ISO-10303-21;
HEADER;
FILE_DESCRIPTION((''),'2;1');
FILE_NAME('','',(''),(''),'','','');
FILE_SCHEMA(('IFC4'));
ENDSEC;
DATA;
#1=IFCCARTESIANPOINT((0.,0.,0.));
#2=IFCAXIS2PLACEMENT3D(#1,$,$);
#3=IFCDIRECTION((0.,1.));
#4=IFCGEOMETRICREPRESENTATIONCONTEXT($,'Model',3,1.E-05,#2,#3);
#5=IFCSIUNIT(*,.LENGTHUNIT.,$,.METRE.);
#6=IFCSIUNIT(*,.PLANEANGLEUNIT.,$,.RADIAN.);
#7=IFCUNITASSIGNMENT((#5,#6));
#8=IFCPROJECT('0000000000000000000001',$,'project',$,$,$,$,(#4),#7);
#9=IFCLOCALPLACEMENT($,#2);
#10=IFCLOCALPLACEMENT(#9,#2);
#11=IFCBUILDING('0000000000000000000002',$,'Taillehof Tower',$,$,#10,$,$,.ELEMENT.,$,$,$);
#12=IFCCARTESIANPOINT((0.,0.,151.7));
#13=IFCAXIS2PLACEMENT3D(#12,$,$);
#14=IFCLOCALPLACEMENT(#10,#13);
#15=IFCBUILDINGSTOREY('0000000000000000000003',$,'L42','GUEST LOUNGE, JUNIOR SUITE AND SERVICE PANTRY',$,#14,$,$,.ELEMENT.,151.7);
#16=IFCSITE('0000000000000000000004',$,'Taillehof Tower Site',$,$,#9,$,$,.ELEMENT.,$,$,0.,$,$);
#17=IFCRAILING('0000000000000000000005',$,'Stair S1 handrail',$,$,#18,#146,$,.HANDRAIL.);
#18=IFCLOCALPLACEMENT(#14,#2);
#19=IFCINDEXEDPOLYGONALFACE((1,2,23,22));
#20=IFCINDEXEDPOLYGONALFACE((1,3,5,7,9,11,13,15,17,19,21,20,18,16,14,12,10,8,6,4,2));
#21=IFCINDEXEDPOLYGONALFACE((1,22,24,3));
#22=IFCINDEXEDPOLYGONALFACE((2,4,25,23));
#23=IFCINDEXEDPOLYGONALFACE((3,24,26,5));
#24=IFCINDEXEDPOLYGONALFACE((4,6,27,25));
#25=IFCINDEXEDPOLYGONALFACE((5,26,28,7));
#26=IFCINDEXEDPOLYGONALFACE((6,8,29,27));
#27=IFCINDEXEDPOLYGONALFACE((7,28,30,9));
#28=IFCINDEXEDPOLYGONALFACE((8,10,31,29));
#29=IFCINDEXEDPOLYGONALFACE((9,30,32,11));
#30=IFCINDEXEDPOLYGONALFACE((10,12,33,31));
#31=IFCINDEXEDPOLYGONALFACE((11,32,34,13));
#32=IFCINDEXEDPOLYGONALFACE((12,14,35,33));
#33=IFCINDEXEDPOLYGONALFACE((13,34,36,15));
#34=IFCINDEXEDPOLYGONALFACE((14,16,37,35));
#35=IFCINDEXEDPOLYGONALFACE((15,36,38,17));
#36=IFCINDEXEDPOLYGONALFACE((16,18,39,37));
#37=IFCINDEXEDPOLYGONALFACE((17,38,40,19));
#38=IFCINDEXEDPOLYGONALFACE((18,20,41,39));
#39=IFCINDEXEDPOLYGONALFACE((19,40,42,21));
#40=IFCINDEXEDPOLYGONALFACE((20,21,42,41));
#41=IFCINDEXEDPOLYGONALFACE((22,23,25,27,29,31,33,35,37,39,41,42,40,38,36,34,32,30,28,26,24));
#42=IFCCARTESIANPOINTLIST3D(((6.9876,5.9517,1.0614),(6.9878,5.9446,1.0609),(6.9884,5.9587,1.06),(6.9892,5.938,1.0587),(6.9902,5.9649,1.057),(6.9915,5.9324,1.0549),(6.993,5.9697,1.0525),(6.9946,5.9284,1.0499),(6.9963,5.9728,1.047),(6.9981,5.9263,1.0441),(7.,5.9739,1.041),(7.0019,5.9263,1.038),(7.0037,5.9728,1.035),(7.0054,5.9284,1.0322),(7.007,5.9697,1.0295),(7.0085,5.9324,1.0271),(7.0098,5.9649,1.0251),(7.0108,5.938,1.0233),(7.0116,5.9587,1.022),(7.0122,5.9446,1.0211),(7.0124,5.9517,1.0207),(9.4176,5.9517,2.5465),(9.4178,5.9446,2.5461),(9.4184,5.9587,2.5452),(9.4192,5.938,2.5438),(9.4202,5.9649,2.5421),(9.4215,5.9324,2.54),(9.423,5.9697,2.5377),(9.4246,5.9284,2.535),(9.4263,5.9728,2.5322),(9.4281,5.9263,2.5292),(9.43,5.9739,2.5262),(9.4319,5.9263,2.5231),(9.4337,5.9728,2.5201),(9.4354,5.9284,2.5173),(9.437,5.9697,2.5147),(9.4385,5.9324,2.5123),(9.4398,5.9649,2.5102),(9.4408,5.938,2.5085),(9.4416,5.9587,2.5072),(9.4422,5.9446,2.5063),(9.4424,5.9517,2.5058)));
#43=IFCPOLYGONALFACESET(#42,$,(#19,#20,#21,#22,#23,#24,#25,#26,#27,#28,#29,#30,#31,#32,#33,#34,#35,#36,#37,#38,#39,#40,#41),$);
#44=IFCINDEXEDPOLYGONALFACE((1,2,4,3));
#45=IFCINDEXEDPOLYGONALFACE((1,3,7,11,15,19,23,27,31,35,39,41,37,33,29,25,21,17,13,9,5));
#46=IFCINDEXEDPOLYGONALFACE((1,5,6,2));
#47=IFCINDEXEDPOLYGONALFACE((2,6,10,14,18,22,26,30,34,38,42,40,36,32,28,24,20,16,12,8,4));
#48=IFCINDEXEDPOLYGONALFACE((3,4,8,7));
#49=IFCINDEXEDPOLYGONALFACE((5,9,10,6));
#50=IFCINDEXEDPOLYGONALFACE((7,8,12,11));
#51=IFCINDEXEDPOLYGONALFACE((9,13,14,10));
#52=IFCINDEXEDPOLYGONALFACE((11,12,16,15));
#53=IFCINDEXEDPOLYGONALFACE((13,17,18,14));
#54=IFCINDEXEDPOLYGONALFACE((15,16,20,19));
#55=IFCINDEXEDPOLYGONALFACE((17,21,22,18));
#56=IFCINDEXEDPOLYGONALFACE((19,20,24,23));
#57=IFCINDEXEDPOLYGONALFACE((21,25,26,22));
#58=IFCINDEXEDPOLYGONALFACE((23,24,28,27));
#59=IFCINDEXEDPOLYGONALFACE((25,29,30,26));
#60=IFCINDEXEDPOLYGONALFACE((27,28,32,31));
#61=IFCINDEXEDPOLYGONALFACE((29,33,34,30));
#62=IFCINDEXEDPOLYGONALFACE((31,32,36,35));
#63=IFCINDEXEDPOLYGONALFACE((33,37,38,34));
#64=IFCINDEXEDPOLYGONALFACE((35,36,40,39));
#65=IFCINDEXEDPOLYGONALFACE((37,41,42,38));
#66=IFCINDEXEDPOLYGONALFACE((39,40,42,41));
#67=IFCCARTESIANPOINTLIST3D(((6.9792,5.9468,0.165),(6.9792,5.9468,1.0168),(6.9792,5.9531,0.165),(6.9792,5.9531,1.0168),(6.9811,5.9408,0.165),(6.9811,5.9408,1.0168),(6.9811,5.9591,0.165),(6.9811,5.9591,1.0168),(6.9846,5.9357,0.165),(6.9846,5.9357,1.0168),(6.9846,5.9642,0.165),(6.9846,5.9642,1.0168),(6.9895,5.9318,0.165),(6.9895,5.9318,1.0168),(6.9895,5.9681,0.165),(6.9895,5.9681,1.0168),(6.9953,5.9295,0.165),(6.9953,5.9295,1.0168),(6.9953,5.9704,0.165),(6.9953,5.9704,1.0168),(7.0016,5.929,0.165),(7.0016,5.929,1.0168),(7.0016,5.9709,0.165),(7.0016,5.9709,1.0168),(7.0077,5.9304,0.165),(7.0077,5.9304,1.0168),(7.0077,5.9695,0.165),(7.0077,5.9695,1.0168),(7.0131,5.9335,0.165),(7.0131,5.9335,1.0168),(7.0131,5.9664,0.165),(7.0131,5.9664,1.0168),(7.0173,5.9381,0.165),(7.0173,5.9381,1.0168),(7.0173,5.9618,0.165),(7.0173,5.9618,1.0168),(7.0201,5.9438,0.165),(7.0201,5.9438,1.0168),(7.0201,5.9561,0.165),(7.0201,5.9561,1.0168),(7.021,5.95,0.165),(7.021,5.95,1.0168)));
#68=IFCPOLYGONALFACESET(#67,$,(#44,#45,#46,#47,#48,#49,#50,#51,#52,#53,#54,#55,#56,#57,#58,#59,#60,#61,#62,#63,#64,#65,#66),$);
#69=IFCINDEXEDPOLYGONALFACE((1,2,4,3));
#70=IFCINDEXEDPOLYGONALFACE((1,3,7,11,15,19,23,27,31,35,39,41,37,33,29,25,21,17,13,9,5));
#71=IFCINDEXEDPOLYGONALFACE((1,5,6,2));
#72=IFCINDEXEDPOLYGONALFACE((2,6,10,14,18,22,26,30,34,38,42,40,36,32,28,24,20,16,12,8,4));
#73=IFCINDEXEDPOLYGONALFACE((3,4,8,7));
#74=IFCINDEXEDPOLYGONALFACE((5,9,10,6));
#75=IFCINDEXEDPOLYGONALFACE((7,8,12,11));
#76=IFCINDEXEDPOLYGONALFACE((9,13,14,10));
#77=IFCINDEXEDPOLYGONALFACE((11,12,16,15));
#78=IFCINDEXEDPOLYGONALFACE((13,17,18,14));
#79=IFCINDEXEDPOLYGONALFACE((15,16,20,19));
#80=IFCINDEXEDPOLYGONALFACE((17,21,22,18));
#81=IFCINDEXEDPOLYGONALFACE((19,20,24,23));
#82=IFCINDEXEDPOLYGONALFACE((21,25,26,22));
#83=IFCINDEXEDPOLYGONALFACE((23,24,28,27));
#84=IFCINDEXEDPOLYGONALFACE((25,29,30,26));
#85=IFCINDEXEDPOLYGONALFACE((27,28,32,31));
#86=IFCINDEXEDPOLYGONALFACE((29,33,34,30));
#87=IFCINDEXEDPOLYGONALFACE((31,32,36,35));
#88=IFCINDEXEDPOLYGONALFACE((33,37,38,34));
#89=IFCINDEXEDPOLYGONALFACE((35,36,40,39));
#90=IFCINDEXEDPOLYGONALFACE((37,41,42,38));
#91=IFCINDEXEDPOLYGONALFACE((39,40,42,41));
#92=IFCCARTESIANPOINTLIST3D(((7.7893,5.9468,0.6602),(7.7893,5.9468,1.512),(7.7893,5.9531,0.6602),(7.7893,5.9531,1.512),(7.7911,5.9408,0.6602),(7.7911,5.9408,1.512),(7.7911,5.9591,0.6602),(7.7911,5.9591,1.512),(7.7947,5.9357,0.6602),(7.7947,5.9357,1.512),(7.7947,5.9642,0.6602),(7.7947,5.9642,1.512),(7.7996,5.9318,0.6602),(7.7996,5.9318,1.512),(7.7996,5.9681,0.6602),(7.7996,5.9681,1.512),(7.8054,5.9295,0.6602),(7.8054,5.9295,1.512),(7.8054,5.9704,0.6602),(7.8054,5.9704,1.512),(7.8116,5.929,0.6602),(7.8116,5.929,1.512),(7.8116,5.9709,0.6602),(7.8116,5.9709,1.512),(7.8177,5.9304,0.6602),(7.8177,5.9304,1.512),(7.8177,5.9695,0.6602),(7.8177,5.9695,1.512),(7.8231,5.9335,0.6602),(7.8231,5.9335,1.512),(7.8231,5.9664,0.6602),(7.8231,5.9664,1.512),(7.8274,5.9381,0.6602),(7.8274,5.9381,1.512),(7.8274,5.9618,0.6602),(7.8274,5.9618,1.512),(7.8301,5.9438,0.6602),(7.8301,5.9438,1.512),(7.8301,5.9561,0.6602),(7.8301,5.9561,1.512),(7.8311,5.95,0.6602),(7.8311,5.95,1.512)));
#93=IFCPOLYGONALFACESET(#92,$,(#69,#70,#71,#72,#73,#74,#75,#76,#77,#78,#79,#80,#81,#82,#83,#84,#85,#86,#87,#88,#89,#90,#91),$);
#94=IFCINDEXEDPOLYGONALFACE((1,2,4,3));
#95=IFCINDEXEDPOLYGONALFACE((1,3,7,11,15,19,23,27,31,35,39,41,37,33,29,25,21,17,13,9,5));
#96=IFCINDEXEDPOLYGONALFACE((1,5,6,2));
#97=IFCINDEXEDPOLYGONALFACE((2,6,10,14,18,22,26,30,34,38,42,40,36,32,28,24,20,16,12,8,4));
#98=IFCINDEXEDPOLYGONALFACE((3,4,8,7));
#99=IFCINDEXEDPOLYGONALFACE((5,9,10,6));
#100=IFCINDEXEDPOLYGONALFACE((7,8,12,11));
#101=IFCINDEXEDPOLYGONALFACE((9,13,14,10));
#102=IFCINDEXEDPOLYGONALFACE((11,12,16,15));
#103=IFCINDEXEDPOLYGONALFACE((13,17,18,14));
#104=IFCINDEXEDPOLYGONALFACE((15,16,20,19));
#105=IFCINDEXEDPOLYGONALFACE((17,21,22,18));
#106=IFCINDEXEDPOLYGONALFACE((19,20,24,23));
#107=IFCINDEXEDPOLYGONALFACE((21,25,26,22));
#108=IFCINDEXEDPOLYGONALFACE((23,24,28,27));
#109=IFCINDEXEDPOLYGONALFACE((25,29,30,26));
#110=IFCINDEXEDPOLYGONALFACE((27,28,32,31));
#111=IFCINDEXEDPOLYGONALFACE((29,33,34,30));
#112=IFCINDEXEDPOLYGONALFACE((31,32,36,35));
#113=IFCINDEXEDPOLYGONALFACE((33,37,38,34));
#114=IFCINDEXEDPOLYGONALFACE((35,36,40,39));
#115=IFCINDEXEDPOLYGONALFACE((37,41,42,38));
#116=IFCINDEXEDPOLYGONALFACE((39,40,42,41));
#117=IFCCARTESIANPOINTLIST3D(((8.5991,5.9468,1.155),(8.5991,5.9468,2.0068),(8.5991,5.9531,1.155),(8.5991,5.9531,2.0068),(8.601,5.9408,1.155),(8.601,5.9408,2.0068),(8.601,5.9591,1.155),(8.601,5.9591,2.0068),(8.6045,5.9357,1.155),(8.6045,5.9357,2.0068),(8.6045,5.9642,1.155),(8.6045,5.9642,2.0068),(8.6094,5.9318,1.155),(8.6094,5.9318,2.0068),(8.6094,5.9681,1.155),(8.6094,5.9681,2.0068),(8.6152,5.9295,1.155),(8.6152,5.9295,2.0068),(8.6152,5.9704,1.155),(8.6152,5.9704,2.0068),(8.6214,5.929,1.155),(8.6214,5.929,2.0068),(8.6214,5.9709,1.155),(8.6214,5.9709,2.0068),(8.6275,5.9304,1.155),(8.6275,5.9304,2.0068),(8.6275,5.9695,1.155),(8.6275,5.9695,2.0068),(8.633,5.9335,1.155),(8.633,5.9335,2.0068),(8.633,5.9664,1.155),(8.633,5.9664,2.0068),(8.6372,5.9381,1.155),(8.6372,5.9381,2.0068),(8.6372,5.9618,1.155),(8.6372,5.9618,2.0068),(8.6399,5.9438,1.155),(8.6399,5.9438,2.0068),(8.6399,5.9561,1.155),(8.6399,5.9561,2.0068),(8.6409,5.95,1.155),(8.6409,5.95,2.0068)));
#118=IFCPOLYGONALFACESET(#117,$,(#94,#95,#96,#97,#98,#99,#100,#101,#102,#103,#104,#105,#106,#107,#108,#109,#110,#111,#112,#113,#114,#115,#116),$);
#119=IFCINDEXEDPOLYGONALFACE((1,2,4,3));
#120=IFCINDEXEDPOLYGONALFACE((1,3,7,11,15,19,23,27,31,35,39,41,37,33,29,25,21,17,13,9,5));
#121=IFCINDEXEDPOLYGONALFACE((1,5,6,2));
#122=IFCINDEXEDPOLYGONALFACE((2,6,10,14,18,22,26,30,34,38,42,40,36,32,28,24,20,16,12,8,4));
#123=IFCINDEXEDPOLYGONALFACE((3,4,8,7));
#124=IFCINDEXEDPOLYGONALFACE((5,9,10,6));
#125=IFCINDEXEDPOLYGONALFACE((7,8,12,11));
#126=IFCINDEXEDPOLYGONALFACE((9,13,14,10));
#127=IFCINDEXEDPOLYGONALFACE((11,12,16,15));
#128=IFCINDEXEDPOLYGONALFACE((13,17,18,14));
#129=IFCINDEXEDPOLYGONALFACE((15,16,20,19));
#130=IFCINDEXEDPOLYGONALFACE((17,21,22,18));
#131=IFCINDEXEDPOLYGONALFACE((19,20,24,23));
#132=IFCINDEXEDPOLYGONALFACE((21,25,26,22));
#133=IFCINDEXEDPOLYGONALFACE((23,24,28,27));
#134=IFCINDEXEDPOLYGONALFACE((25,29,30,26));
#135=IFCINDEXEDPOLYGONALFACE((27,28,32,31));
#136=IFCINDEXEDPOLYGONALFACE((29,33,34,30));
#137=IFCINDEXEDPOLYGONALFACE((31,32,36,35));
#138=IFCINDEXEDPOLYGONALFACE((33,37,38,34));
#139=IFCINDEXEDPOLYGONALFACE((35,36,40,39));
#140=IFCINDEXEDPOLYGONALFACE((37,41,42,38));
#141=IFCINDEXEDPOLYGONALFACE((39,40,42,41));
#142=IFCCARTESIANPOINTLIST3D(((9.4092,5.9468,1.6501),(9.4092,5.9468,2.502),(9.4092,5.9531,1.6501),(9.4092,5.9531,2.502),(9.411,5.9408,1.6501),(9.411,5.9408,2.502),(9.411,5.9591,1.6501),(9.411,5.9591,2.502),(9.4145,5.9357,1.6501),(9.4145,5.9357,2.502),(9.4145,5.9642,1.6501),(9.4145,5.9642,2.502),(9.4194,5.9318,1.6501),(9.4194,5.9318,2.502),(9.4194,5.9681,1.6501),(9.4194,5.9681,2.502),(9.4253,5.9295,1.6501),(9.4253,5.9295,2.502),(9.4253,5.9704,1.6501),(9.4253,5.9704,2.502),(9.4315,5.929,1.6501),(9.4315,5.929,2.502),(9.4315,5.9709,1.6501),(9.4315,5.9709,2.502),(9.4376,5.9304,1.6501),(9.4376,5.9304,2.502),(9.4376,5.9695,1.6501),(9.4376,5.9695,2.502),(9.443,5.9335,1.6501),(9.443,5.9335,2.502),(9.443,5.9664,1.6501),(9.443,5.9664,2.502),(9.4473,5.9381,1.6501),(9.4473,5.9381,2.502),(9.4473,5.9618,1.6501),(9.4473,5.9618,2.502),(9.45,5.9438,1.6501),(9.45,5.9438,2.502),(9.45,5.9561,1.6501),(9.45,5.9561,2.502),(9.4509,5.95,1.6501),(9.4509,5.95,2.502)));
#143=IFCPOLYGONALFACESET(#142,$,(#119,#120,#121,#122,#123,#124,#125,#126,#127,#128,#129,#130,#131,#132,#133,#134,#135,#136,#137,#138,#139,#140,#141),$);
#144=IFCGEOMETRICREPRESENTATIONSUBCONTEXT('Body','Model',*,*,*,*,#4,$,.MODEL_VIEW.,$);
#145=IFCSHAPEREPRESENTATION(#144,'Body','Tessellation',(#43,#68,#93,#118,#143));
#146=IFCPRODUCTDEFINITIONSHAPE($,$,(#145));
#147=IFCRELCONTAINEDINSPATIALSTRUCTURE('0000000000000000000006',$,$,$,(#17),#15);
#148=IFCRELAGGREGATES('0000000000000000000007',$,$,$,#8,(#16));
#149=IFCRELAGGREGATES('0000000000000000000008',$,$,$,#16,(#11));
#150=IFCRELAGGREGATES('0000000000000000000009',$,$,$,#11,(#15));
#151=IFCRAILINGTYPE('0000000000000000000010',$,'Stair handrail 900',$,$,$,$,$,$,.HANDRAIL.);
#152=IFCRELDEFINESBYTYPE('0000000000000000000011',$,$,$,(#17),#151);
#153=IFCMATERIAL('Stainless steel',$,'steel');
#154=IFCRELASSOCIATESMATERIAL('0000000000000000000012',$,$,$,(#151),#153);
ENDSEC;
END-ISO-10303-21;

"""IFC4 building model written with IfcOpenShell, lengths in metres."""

from ifc_helpers import new_model, si_unit, direction, frame, origin, origin_2d, place, context, subcontext, project, spatial, circle, extrude, material, type_object, element, save


model = new_model("IFC4")

# Units and contexts
model_context = context("Model", 3, precision=1e-05, world=origin(), true_north=direction((0.0, 1.0)))
body_context = subcontext(model_context, "Body", "Model", "MODEL_VIEW")
ifc_project = project(units=[si_unit("LENGTHUNIT", "METRE"), si_unit("PLANEANGLEUNIT", "RADIAN")], contexts=[model_context])

# Site, building, storey
site_placement = place(None, origin())
site = spatial("IfcSite", under=ifc_project, at=site_placement, Name="Taillehof Tower Site", CompositionType="ELEMENT", RefElevation=0.0)
building_placement = place(site_placement, origin())
building = spatial("IfcBuilding", under=site, at=building_placement, Name="Taillehof Tower", CompositionType="ELEMENT")
storey_placement = place(building_placement, frame((0.0, 0.0, 151.7)))
storey = spatial("IfcBuildingStorey", under=building, at=storey_placement, Name="L42", Description="GUEST LOUNGE, JUNIOR SUITE AND SERVICE PANTRY", CompositionType="ELEMENT", Elevation=151.7)

# Railing
ifc_material_1 = material(Name="Stainless steel", Category="steel")
railing_type = type_object("IfcRailingType", Name="Stair handrail 900", PredefinedType="HANDRAIL", material=ifc_material_1)
railing_1_placement = place(storey_placement, frame((7.0, 5.95, 0.165)))
element("IfcRailing", 1, at=railing_1_placement, inside=storey, type_object=railing_type, Name="Stair S1 handrail", PredefinedType="HANDRAIL", context=body_context, shape_type="SweptSolid", body=[
    extrude(circle(Radius=0.0239, at=origin_2d()), frame((0.0, 0.0, 0.876), z_axis=(0.853259, 0.0, 0.521488), x_axis=(0.0, 1.0, 0.0)), (0.0, 0.0, 1.0), 2.8479),
    extrude(circle(Radius=0.021, at=origin_2d()), origin(), (0.0, 0.0, 1.0), 0.8518),
    extrude(circle(Radius=0.021, at=origin_2d()), frame((0.8101, 0.0, 0.4951)), (0.0, 0.0, 1.0), 0.8518),
    extrude(circle(Radius=0.021, at=origin_2d()), frame((1.6199, 0.0, 0.99)), (0.0, 0.0, 1.0), 0.8518),
    extrude(circle(Radius=0.021, at=origin_2d()), frame((2.4299, 0.0, 1.4851)), (0.0, 0.0, 1.0), 0.8518),
])

save(model, "model.ifc")
